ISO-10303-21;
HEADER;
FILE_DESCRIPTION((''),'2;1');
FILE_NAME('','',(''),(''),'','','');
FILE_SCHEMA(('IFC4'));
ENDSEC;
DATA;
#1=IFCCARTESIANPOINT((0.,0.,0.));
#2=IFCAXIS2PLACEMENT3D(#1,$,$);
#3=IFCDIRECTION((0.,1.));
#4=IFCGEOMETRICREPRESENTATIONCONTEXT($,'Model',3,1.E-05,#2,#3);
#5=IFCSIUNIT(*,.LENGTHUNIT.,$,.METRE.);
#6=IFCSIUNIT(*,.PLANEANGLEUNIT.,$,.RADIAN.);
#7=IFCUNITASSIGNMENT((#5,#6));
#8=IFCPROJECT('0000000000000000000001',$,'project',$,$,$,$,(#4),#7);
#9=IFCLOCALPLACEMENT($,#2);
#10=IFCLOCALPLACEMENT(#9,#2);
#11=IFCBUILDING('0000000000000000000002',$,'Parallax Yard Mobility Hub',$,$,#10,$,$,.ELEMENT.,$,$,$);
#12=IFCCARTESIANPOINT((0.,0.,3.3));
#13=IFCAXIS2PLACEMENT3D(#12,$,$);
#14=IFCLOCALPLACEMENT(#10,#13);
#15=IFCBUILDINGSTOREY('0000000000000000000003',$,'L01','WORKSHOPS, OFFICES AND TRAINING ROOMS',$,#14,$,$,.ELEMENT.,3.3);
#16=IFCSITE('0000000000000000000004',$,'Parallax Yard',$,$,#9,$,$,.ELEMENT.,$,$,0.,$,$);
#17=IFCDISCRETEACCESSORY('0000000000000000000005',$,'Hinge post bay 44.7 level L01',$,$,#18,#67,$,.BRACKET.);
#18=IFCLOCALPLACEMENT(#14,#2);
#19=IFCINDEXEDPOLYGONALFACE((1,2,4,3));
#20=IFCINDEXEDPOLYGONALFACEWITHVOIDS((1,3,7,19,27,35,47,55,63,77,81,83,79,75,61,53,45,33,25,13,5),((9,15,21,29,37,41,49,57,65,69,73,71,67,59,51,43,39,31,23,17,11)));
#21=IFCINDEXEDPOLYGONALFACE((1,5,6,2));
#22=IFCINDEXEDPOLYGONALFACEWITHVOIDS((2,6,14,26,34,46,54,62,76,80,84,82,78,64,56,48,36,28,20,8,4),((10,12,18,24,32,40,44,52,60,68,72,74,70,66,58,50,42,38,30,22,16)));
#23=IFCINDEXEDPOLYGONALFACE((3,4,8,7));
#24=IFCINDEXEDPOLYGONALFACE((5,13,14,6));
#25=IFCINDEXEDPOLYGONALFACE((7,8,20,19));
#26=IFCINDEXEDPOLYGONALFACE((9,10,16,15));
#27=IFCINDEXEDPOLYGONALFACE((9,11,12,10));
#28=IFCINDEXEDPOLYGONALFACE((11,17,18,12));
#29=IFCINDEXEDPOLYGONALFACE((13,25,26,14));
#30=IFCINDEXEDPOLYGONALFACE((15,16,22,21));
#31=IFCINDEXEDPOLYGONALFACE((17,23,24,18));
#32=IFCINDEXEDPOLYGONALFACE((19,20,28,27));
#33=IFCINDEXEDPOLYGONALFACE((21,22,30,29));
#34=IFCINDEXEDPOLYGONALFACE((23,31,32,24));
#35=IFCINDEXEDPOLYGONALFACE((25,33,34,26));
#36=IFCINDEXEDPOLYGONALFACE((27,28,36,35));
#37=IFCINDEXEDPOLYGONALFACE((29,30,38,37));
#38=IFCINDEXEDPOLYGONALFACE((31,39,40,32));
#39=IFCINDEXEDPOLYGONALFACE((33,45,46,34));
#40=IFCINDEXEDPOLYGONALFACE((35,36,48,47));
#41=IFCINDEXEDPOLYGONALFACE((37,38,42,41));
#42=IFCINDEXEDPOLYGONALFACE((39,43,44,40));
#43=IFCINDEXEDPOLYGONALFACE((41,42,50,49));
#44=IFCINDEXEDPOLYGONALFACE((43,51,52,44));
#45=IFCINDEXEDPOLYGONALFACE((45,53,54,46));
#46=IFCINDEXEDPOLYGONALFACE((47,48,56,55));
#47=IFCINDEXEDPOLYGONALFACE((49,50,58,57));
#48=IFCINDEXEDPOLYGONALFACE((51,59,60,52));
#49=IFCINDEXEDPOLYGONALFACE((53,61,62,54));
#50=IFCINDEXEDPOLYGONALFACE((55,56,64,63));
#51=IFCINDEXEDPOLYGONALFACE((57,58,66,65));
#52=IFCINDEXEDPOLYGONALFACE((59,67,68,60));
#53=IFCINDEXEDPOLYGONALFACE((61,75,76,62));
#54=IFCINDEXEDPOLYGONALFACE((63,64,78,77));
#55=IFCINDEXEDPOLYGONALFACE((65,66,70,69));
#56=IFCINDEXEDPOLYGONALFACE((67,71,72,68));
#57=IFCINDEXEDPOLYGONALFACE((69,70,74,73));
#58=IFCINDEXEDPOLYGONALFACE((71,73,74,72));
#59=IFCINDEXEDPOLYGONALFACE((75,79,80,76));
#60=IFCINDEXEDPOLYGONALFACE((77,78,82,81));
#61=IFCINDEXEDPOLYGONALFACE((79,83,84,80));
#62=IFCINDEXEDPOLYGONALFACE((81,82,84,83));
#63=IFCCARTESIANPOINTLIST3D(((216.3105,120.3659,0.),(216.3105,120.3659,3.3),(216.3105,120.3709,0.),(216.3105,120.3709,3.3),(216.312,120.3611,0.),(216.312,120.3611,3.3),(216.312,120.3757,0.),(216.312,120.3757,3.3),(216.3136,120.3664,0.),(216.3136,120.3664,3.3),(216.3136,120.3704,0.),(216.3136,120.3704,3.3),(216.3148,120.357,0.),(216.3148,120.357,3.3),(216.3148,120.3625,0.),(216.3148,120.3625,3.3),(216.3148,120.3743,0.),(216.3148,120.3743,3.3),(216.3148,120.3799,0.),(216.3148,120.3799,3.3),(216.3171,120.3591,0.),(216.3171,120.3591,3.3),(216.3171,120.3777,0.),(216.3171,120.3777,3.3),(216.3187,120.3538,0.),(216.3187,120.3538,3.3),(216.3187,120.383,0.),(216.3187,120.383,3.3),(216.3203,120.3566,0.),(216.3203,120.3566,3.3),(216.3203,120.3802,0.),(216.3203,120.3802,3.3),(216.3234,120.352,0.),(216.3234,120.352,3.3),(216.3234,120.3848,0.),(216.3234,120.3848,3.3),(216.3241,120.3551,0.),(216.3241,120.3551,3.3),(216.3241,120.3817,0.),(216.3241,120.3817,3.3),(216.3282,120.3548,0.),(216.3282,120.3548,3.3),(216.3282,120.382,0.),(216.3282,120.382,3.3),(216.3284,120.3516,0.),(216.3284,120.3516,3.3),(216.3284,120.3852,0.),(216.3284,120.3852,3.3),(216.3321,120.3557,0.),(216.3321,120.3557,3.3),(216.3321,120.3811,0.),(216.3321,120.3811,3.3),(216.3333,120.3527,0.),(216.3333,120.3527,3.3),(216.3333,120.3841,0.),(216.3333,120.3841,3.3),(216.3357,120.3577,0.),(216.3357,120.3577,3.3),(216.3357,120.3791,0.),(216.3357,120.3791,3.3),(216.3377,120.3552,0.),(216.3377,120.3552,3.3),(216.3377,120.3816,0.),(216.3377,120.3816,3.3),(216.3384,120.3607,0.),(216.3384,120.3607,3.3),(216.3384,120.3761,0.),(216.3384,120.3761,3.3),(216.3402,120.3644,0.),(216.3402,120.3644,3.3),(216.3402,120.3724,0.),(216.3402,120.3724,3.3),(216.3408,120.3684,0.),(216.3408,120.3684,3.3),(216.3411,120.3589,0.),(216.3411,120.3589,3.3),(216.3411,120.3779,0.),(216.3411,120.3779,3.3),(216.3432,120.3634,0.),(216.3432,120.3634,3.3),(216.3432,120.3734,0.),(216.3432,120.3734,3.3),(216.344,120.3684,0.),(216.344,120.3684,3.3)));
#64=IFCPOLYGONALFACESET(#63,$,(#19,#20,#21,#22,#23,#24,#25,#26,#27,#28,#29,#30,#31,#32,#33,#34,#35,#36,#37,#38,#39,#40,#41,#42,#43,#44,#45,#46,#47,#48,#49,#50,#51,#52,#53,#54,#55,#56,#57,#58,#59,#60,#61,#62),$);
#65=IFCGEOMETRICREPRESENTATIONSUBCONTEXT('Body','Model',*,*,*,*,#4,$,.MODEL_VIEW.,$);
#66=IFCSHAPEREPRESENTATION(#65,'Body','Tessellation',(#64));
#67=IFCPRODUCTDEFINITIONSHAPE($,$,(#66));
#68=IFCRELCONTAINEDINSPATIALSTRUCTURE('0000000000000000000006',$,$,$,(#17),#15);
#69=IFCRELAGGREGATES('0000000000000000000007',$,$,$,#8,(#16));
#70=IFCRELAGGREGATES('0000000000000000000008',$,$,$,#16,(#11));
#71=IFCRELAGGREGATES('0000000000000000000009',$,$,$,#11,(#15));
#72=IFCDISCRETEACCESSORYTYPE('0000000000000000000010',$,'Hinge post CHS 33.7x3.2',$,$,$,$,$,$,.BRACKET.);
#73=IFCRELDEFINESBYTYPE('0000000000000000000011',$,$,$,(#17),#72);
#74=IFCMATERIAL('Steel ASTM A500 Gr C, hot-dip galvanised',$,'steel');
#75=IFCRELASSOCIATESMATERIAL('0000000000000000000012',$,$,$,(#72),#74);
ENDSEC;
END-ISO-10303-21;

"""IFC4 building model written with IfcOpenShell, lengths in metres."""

from ifc_helpers import new_model, si_unit, direction, frame, origin, origin_2d, place, context, subcontext, project, spatial, hollow_circle, extrude, material, material_profile, profile_set, type_object, element, save


model = new_model("IFC4")

# Units and contexts
model_context = context("Model", 3, precision=1e-05, world=origin(), true_north=direction((0.0, 1.0)))
body_context = subcontext(model_context, "Body", "Model", "MODEL_VIEW")
ifc_project = project(units=[si_unit("LENGTHUNIT", "METRE"), si_unit("PLANEANGLEUNIT", "RADIAN")], contexts=[model_context])

# Site, building, storey
site_placement = place(None, origin())
site = spatial("IfcSite", under=ifc_project, at=site_placement, Name="Parallax Yard", CompositionType="ELEMENT", RefElevation=0.0)
building_placement = place(site_placement, origin())
building = spatial("IfcBuilding", under=site, at=building_placement, Name="Parallax Yard Mobility Hub", CompositionType="ELEMENT")
storey_placement = place(building_placement, frame((0.0, 0.0, 3.3)))
storey = spatial("IfcBuildingStorey", under=building, at=storey_placement, Name="L01", Description="WORKSHOPS, OFFICES AND TRAINING ROOMS", CompositionType="ELEMENT", Elevation=3.3)

# Discrete accessory
ifc_material_1 = material(Name="Steel ASTM A500 Gr C, hot-dip galvanised", Category="steel")
ifc_material_profile_1 = material_profile(ifc_material_1, hollow_circle(Radius=0.0168, WallThickness=0.0032, at=origin_2d()), Name="CHS 33.7x3.2")
ifc_profile_set_1 = profile_set([ifc_material_profile_1], Name="Steel ASTM A500 Gr C, hot-dip galvanised")
discrete_accessory_type_1 = type_object("IfcDiscreteAccessoryType", Name="Hinge post CHS 33.7x3.2", PredefinedType="BRACKET", material=ifc_profile_set_1)
for number, where, z_axis, x_axis, name in (
    (1, (216.3271, 120.3684, 0.0), (0.0, 0.0, 1.0), (1.0, 0.0, 0.0), "Hinge post bay 44.7 level L01"),
):
    element("IfcDiscreteAccessory", number, at=place(storey_placement, frame(where, z_axis=z_axis, x_axis=x_axis)), inside=storey, type_object=discrete_accessory_type_1, Name=name, PredefinedType="BRACKET", context=body_context, shape_type="SweptSolid", body=[
        extrude(hollow_circle(Radius=0.0168, WallThickness=0.0032, at=origin_2d()), origin(), (0.0, 0.0, 1.0), 3.3),
    ])

save(model, "model.ifc")
